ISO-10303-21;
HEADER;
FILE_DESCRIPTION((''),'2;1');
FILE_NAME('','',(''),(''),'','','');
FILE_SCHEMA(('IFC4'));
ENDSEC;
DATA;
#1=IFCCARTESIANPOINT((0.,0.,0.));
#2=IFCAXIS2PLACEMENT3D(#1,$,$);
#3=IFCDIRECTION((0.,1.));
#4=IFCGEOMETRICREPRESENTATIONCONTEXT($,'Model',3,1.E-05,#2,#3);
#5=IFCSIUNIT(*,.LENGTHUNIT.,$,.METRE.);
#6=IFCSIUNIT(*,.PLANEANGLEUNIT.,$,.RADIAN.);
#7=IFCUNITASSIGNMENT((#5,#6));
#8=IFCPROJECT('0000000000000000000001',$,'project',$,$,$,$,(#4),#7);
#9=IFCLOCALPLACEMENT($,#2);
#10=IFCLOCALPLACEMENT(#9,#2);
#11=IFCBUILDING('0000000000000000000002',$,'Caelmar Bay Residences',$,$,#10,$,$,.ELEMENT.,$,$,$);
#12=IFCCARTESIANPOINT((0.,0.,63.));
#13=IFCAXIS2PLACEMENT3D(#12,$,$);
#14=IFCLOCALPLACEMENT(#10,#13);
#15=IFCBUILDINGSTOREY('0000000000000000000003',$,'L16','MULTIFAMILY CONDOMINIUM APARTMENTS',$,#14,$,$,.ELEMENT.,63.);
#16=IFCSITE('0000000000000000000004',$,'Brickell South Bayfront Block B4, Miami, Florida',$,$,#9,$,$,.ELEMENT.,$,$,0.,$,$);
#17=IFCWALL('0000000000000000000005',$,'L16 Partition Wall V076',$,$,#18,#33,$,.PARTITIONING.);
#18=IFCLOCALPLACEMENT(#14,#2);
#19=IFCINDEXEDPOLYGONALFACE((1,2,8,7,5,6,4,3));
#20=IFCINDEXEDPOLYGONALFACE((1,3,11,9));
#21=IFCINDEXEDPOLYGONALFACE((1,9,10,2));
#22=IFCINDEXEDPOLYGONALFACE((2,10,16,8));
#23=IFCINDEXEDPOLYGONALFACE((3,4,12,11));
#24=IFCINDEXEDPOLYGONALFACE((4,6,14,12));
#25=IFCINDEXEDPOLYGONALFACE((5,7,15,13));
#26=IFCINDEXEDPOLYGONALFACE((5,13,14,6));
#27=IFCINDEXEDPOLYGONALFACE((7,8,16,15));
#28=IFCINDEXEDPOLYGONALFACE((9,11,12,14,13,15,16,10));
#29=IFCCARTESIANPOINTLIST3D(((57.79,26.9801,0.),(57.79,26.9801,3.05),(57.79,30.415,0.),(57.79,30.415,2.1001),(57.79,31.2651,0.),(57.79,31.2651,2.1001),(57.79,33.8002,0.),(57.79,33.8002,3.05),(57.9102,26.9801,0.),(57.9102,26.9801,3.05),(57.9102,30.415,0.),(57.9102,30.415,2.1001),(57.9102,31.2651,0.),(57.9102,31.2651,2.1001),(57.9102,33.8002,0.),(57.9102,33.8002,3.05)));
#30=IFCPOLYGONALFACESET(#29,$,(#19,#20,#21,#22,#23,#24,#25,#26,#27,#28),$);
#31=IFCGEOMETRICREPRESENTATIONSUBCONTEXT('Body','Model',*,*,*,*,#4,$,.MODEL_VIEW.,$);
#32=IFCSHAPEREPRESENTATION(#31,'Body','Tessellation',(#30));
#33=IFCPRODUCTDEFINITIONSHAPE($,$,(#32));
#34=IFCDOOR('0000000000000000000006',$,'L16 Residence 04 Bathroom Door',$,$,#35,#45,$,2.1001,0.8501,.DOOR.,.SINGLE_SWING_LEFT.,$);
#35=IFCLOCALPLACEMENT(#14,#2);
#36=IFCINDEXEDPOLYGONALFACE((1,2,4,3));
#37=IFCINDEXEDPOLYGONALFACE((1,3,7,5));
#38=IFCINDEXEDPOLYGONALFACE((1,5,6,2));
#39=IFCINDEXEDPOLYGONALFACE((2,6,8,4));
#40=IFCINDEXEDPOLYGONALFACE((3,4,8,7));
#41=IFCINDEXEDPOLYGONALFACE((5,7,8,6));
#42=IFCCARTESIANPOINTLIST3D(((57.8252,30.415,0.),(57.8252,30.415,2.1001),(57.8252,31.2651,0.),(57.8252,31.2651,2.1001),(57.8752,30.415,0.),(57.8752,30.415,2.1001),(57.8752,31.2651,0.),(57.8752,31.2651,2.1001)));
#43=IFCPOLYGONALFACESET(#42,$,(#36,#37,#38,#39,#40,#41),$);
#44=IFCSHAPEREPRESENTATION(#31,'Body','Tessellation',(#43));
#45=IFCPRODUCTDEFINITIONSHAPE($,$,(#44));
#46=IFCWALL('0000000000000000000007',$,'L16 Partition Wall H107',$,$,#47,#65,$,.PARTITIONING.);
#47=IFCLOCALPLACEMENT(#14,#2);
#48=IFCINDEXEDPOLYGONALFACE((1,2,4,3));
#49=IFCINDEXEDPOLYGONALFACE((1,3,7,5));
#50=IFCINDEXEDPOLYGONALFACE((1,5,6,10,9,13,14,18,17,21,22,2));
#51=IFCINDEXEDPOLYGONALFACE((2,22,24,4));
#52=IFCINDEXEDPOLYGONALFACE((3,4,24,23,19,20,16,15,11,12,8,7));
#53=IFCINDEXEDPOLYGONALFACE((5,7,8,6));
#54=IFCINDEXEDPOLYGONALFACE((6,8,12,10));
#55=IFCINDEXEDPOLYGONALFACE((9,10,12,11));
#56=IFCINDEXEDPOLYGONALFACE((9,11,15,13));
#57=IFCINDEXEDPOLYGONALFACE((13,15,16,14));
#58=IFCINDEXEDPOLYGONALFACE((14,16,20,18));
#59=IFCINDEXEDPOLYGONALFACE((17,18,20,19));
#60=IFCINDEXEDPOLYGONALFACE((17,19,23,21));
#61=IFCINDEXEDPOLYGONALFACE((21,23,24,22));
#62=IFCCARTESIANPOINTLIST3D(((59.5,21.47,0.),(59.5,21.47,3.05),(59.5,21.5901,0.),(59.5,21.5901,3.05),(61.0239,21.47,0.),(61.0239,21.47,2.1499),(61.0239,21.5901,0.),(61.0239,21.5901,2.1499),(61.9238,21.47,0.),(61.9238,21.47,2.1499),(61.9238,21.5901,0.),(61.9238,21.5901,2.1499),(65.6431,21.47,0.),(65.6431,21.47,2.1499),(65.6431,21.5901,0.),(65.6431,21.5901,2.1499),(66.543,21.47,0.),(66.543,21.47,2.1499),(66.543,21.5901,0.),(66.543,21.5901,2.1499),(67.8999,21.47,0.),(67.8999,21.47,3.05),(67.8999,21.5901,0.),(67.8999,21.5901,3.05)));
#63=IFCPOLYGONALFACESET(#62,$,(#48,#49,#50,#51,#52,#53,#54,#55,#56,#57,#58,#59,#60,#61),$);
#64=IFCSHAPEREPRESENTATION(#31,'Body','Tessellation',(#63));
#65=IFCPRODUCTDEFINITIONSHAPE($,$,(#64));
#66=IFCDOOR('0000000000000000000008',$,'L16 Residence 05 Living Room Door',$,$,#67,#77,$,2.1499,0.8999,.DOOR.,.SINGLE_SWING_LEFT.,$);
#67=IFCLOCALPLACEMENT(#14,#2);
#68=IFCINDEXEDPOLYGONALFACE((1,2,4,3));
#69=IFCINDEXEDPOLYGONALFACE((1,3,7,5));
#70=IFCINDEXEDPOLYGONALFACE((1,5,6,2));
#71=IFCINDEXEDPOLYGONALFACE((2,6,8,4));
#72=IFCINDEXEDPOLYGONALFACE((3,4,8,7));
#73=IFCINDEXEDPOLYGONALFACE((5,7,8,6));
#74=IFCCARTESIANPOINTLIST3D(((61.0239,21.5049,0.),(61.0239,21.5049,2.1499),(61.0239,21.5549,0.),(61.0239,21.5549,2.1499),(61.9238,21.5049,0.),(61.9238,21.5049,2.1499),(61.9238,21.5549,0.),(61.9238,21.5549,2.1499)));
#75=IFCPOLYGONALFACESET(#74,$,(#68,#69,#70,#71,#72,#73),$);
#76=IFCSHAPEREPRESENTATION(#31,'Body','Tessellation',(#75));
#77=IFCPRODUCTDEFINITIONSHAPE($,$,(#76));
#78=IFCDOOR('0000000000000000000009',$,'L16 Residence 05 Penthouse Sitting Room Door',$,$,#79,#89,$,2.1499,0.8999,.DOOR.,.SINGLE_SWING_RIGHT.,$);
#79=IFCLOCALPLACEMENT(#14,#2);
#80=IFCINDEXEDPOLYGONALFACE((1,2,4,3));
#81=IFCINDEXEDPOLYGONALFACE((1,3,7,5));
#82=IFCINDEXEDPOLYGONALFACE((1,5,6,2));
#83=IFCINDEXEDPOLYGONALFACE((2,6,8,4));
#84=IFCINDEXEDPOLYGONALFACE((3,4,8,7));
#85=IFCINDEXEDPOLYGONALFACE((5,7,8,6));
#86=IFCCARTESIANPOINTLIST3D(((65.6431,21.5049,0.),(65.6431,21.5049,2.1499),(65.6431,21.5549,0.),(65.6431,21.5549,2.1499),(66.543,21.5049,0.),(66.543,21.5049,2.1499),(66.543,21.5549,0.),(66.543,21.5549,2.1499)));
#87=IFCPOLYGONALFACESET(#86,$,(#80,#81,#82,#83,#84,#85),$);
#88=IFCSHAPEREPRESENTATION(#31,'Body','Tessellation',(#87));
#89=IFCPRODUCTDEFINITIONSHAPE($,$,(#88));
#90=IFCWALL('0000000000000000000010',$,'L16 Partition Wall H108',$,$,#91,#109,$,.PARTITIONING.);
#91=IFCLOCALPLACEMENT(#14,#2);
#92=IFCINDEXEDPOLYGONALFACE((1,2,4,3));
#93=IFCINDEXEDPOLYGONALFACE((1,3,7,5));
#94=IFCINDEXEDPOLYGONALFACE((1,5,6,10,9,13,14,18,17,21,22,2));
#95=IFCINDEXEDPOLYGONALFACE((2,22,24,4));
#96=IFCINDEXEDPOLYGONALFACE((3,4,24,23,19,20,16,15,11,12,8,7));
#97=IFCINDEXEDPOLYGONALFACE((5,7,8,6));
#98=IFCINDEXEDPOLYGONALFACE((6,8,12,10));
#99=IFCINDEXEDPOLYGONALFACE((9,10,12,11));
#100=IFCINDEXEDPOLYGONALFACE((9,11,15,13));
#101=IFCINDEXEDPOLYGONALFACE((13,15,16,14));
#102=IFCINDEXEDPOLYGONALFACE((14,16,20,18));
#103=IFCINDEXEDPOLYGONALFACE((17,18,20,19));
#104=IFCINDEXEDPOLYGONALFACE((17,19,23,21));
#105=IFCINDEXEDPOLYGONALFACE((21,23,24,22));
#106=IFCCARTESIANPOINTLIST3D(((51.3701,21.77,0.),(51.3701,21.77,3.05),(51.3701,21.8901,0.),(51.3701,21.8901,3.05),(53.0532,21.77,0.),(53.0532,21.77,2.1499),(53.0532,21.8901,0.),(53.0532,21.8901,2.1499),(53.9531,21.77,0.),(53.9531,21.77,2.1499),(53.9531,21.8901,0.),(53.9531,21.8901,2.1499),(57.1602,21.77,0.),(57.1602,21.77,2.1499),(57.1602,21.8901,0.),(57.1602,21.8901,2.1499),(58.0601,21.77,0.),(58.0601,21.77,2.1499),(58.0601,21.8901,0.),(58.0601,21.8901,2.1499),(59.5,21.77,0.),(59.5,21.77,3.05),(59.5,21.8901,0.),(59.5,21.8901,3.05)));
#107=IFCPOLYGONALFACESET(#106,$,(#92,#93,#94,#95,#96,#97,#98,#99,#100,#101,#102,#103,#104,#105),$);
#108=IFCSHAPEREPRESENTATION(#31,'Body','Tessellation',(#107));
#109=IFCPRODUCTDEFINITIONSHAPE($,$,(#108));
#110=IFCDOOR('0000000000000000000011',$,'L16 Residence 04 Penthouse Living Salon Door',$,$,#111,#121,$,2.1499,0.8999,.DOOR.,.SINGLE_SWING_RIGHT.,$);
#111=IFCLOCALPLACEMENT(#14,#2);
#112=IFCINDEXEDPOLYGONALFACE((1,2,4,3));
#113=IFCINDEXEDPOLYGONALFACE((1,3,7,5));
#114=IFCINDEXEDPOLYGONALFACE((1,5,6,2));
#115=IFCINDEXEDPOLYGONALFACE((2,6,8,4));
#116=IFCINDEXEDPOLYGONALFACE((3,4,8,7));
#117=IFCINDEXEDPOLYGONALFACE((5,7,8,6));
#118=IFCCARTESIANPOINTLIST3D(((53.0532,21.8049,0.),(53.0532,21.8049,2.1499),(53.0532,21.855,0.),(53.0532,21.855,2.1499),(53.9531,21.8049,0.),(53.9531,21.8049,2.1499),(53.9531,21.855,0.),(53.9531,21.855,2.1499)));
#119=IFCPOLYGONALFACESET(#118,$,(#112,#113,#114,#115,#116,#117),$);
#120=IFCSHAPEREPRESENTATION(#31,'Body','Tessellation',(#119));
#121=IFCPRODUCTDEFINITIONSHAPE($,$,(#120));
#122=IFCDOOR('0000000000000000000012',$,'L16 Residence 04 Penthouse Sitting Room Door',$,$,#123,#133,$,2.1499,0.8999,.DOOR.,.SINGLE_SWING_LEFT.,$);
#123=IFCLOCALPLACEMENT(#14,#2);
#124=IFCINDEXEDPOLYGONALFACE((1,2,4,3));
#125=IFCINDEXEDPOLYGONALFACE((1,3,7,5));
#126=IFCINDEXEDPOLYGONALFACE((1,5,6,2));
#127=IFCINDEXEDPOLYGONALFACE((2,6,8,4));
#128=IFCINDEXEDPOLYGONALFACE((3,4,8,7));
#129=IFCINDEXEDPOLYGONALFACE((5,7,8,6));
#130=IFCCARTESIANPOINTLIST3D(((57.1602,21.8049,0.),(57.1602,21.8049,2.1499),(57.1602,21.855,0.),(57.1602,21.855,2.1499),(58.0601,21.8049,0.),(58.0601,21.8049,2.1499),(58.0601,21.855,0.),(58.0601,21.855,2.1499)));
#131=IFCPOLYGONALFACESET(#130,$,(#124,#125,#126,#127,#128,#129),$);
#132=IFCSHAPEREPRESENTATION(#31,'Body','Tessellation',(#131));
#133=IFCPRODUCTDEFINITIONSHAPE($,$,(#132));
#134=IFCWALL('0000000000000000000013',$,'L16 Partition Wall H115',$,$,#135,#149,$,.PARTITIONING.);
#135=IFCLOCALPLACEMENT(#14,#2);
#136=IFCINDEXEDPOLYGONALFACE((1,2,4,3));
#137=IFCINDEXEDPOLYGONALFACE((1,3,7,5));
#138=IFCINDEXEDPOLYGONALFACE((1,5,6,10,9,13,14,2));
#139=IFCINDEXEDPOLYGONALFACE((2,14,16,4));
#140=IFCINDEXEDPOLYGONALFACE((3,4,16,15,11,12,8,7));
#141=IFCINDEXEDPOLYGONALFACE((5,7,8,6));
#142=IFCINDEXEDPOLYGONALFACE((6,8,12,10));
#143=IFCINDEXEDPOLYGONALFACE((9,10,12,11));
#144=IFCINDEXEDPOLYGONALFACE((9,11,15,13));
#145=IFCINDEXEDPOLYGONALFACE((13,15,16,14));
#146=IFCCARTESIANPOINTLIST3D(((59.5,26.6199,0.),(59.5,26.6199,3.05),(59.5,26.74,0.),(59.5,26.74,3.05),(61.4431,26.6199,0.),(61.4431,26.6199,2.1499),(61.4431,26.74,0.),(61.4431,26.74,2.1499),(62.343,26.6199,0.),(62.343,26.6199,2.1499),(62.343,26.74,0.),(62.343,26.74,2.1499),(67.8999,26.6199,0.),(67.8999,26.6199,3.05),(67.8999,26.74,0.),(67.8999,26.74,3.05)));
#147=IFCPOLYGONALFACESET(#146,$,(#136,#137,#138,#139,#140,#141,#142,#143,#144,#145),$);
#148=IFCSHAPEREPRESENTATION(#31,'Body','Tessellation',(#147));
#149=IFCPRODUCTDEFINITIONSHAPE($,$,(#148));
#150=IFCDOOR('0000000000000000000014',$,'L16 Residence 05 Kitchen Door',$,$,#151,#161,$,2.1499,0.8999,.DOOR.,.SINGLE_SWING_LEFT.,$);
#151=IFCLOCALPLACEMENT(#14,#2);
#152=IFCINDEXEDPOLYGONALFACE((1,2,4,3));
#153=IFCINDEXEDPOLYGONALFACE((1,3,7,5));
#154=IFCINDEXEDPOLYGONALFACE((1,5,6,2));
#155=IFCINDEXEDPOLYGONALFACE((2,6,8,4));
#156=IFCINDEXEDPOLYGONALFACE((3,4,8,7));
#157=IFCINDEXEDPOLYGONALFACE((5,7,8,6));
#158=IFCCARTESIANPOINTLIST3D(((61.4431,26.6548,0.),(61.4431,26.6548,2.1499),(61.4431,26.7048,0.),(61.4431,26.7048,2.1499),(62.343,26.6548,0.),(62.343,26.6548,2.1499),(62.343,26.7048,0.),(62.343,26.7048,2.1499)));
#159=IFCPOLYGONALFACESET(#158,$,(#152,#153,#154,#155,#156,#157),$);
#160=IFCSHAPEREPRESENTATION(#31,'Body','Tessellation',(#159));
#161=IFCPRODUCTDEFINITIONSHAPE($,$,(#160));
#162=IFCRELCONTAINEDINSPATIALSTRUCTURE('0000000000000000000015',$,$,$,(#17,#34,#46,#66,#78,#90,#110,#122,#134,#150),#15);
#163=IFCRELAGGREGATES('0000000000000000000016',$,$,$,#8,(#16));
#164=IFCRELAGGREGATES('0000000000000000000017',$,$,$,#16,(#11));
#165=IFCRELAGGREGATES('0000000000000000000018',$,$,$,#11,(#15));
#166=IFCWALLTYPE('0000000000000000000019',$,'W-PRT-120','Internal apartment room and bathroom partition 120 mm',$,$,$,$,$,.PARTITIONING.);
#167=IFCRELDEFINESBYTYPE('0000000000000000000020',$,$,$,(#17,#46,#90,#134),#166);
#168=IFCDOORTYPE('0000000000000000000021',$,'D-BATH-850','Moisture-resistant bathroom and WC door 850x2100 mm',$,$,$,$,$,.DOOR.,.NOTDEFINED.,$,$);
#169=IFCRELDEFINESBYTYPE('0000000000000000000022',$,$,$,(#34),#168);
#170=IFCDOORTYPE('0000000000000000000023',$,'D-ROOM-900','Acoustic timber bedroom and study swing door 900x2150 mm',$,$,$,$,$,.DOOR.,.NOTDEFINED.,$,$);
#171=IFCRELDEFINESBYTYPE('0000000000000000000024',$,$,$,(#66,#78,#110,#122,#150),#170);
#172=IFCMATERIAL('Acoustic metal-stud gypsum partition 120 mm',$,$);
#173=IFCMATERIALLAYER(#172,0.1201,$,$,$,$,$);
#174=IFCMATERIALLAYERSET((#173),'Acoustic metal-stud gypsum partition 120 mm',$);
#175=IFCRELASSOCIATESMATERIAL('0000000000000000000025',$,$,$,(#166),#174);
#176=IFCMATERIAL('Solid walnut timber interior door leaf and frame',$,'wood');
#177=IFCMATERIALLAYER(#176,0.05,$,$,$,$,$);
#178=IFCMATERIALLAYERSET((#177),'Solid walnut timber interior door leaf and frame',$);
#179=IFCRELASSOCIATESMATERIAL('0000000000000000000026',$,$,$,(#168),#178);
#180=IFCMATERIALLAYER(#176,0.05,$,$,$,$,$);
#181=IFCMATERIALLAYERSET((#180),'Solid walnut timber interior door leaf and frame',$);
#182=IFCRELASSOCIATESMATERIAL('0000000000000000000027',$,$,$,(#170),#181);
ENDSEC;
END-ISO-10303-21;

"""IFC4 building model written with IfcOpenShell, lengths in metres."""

from ifc_helpers import new_model, si_unit, direction, frame, frame_2d, origin, place, context, subcontext, project, spatial, rectangle, extrude, material, layer, layer_set, type_object, element, fill, save


model = new_model("IFC4")

# Units and contexts
model_context = context("Model", 3, precision=1e-05, world=origin(), true_north=direction((0.0, 1.0)))
body_context = subcontext(model_context, "Body", "Model", "MODEL_VIEW")
ifc_project = project(units=[si_unit("LENGTHUNIT", "METRE"), si_unit("PLANEANGLEUNIT", "RADIAN")], contexts=[model_context])

# Site, building, storey
site_placement = place(None, origin())
site = spatial("IfcSite", under=ifc_project, at=site_placement, Name="Brickell South Bayfront Block B4, Miami, Florida", CompositionType="ELEMENT", RefElevation=0.0)
building_placement = place(site_placement, origin())
building = spatial("IfcBuilding", under=site, at=building_placement, Name="Caelmar Bay Residences", CompositionType="ELEMENT")
storey_placement = place(building_placement, frame((0.0, 0.0, 63.0)))
storey = spatial("IfcBuildingStorey", under=building, at=storey_placement, Name="L16", Description="MULTIFAMILY CONDOMINIUM APARTMENTS", CompositionType="ELEMENT", Elevation=63.0)

# Shared definitions
ifc_material_1 = material(Name="Acoustic metal-stud gypsum partition 120 mm")
ifc_layer_1 = layer(ifc_material_1, 0.1201)
ifc_layer_set_1 = layer_set([ifc_layer_1], Name="Acoustic metal-stud gypsum partition 120 mm")
wall_type_1 = type_object("IfcWallType", Name="W-PRT-120", Description="Internal apartment room and bathroom partition 120 mm", PredefinedType="PARTITIONING", material=ifc_layer_set_1)
ifc_material_2 = material(Name="Solid walnut timber interior door leaf and frame", Category="wood")
ifc_layer_2 = layer(ifc_material_2, 0.05)
ifc_layer_set_2 = layer_set([ifc_layer_2], Name="Solid walnut timber interior door leaf and frame")
door_type_1 = type_object("IfcDoorType", Name="D-BATH-850", Description="Moisture-resistant bathroom and WC door 850x2100 mm", OperationType="NOTDEFINED", PredefinedType="DOOR", material=ifc_layer_set_2)

# Shared definitions
ifc_layer_3 = layer(ifc_material_2, 0.05)
ifc_layer_set_3 = layer_set([ifc_layer_3], Name="Solid walnut timber interior door leaf and frame")
door_type_2 = type_object("IfcDoorType", Name="D-ROOM-900", Description="Acoustic timber bedroom and study swing door 900x2150 mm", OperationType="NOTDEFINED", PredefinedType="DOOR", material=ifc_layer_set_3)

# Wall, opening, door
wall_1_placement = place(storey_placement, frame((57.8501, 26.98, 0.0), z_axis=(0.0, 0.0, 1.0), x_axis=(0.0, 1.0, 0.0)))
wall_1 = element("IfcWall", 1, at=wall_1_placement, inside=storey, type_object=wall_type_1, Name="L16 Partition Wall V076", PredefinedType="PARTITIONING", context=body_context, shape_type="SweptSolid", body=[
    extrude(rectangle(XDim=6.8201, YDim=0.1201, at=frame_2d((3.4102, 0.0))), origin(), (0.0, 0.0, 1.0), 3.05),
])
opening_1_placement = place(wall_1_placement, frame((3.4351, 0.0, 0.0)))
opening_1 = element("IfcOpeningElement", 2, at=opening_1_placement, cuts=wall_1, PredefinedType="OPENING", context=body_context, shape_type="SweptSolid", body=[
    extrude(rectangle(XDim=0.8501, YDim=2.1001, at=frame_2d((0.425, 1.05))), frame((0.0, 0.0701, 0.0), z_axis=(0.0, -1.0, 0.0), x_axis=(1.0, 0.0, 0.0)), (0.0, 0.0, 1.0), 0.1401),
])
door_1_placement = place(opening_1_placement, origin())
door_1 = element("IfcDoor", 3, at=door_1_placement, inside=storey, type_object=door_type_1, Name="L16 Residence 04 Bathroom Door", OperationType="SINGLE_SWING_LEFT", OverallHeight=2.1001, OverallWidth=0.8501, PredefinedType="DOOR", context=body_context, shape_type="SweptSolid", body=[
    extrude(rectangle(XDim=0.8501, YDim=2.1001, at=frame_2d((0.425, 1.05))), frame((0.0, 0.0249, 0.0), z_axis=(0.0, -1.0, 0.0), x_axis=(1.0, 0.0, 0.0)), (0.0, 0.0, 1.0), 0.05),
])
fill(opening_1, door_1)

# Walls, openings, doors
wall_2_placement = place(storey_placement, frame((59.5, 21.53, 0.0), z_axis=(0.0, 0.0, 1.0), x_axis=(1.0, 0.0, 0.0)))
wall_2 = element("IfcWall", 4, at=wall_2_placement, inside=storey, type_object=wall_type_1, Name="L16 Partition Wall H107", PredefinedType="PARTITIONING", context=body_context, shape_type="SweptSolid", body=[
    extrude(rectangle(XDim=8.3999, YDim=0.1201, at=frame_2d((4.2, 0.0))), origin(), (0.0, 0.0, 1.0), 3.05),
])
opening_2_placement = place(wall_2_placement, frame((1.5239, 0.0, 0.0)))
opening_2 = element("IfcOpeningElement", 5, at=opening_2_placement, cuts=wall_2, PredefinedType="OPENING", context=body_context, shape_type="SweptSolid", body=[
    extrude(rectangle(XDim=0.8999, YDim=2.1499, at=frame_2d((0.45, 1.075))), frame((0.0, 0.0701, 0.0), z_axis=(0.0, -1.0, 0.0), x_axis=(1.0, 0.0, 0.0)), (0.0, 0.0, 1.0), 0.1401),
])
opening_3_placement = place(wall_2_placement, frame((6.1431, 0.0, 0.0)))
opening_3 = element("IfcOpeningElement", 6, at=opening_3_placement, cuts=wall_2, PredefinedType="OPENING", context=body_context, shape_type="SweptSolid", body=[
    extrude(rectangle(XDim=0.8999, YDim=2.1499, at=frame_2d((0.45, 1.075))), frame((0.0, 0.0701, 0.0), z_axis=(0.0, -1.0, 0.0), x_axis=(1.0, 0.0, 0.0)), (0.0, 0.0, 1.0), 0.1401),
])
door_2_placement = place(opening_2_placement, origin())
door_2 = element("IfcDoor", 7, at=door_2_placement, inside=storey, type_object=door_type_2, Name="L16 Residence 05 Living Room Door", OperationType="SINGLE_SWING_LEFT", OverallHeight=2.1499, OverallWidth=0.8999, PredefinedType="DOOR", context=body_context, shape_type="SweptSolid", body=[
    extrude(rectangle(XDim=0.8999, YDim=2.1499, at=frame_2d((0.45, 1.075))), frame((0.0, 0.0249, 0.0), z_axis=(0.0, -1.0, 0.0), x_axis=(1.0, 0.0, 0.0)), (0.0, 0.0, 1.0), 0.05),
])
fill(opening_2, door_2)
door_3_placement = place(opening_3_placement, origin())
door_3 = element("IfcDoor", 8, at=door_3_placement, inside=storey, type_object=door_type_2, Name="L16 Residence 05 Penthouse Sitting Room Door", OperationType="SINGLE_SWING_RIGHT", OverallHeight=2.1499, OverallWidth=0.8999, PredefinedType="DOOR", context=body_context, shape_type="SweptSolid", body=[
    extrude(rectangle(XDim=0.8999, YDim=2.1499, at=frame_2d((0.45, 1.075))), frame((0.0, 0.0249, 0.0), z_axis=(0.0, -1.0, 0.0), x_axis=(1.0, 0.0, 0.0)), (0.0, 0.0, 1.0), 0.05),
])
fill(opening_3, door_3)
wall_3_placement = place(storey_placement, frame((51.3701, 21.8301, 0.0), z_axis=(0.0, 0.0, 1.0), x_axis=(1.0, 0.0, 0.0)))
wall_3 = element("IfcWall", 9, at=wall_3_placement, inside=storey, type_object=wall_type_1, Name="L16 Partition Wall H108", PredefinedType="PARTITIONING", context=body_context, shape_type="SweptSolid", body=[
    extrude(rectangle(XDim=8.1299, YDim=0.1201, at=frame_2d((4.0649, 0.0))), origin(), (0.0, 0.0, 1.0), 3.05),
])
opening_4_placement = place(wall_3_placement, frame((1.6831, 0.0, 0.0)))
opening_4 = element("IfcOpeningElement", 10, at=opening_4_placement, cuts=wall_3, PredefinedType="OPENING", context=body_context, shape_type="SweptSolid", body=[
    extrude(rectangle(XDim=0.8999, YDim=2.1499, at=frame_2d((0.45, 1.075))), frame((0.0, 0.0701, 0.0), z_axis=(0.0, -1.0, 0.0), x_axis=(1.0, 0.0, 0.0)), (0.0, 0.0, 1.0), 0.1401),
])
opening_5_placement = place(wall_3_placement, frame((5.79, 0.0, 0.0)))
opening_5 = element("IfcOpeningElement", 11, at=opening_5_placement, cuts=wall_3, PredefinedType="OPENING", context=body_context, shape_type="SweptSolid", body=[
    extrude(rectangle(XDim=0.8999, YDim=2.1499, at=frame_2d((0.45, 1.075))), frame((0.0, 0.0701, 0.0), z_axis=(0.0, -1.0, 0.0), x_axis=(1.0, 0.0, 0.0)), (0.0, 0.0, 1.0), 0.1401),
])
door_4_placement = place(opening_4_placement, origin())
door_4 = element("IfcDoor", 12, at=door_4_placement, inside=storey, type_object=door_type_2, Name="L16 Residence 04 Penthouse Living Salon Door", OperationType="SINGLE_SWING_RIGHT", OverallHeight=2.1499, OverallWidth=0.8999, PredefinedType="DOOR", context=body_context, shape_type="SweptSolid", body=[
    extrude(rectangle(XDim=0.8999, YDim=2.1499, at=frame_2d((0.45, 1.075))), frame((0.0, 0.0249, 0.0), z_axis=(0.0, -1.0, 0.0), x_axis=(1.0, 0.0, 0.0)), (0.0, 0.0, 1.0), 0.05),
])
fill(opening_4, door_4)
door_5_placement = place(opening_5_placement, origin())
door_5 = element("IfcDoor", 13, at=door_5_placement, inside=storey, type_object=door_type_2, Name="L16 Residence 04 Penthouse Sitting Room Door", OperationType="SINGLE_SWING_LEFT", OverallHeight=2.1499, OverallWidth=0.8999, PredefinedType="DOOR", context=body_context, shape_type="SweptSolid", body=[
    extrude(rectangle(XDim=0.8999, YDim=2.1499, at=frame_2d((0.45, 1.075))), frame((0.0, 0.0249, 0.0), z_axis=(0.0, -1.0, 0.0), x_axis=(1.0, 0.0, 0.0)), (0.0, 0.0, 1.0), 0.05),
])
fill(opening_5, door_5)

# Wall, opening, door
wall_4_placement = place(storey_placement, frame((59.5, 26.6799, 0.0), z_axis=(0.0, 0.0, 1.0), x_axis=(1.0, 0.0, 0.0)))
wall_4 = element("IfcWall", 14, at=wall_4_placement, inside=storey, type_object=wall_type_1, Name="L16 Partition Wall H115", PredefinedType="PARTITIONING", context=body_context, shape_type="SweptSolid", body=[
    extrude(rectangle(XDim=8.3999, YDim=0.1201, at=frame_2d((4.2, 0.0))), origin(), (0.0, 0.0, 1.0), 3.05),
])
opening_6_placement = place(wall_4_placement, frame((1.9431, 0.0, 0.0)))
opening_6 = element("IfcOpeningElement", 15, at=opening_6_placement, cuts=wall_4, PredefinedType="OPENING", context=body_context, shape_type="SweptSolid", body=[
    extrude(rectangle(XDim=0.8999, YDim=2.1499, at=frame_2d((0.45, 1.075))), frame((0.0, 0.0701, 0.0), z_axis=(0.0, -1.0, 0.0), x_axis=(1.0, 0.0, 0.0)), (0.0, 0.0, 1.0), 0.1401),
])
door_6_placement = place(opening_6_placement, origin())
door_6 = element("IfcDoor", 16, at=door_6_placement, inside=storey, type_object=door_type_2, Name="L16 Residence 05 Kitchen Door", OperationType="SINGLE_SWING_LEFT", OverallHeight=2.1499, OverallWidth=0.8999, PredefinedType="DOOR", context=body_context, shape_type="SweptSolid", body=[
    extrude(rectangle(XDim=0.8999, YDim=2.1499, at=frame_2d((0.45, 1.075))), frame((0.0, 0.0249, 0.0), z_axis=(0.0, -1.0, 0.0), x_axis=(1.0, 0.0, 0.0)), (0.0, 0.0, 1.0), 0.05),
])
fill(opening_6, door_6)

save(model, "model.ifc")
